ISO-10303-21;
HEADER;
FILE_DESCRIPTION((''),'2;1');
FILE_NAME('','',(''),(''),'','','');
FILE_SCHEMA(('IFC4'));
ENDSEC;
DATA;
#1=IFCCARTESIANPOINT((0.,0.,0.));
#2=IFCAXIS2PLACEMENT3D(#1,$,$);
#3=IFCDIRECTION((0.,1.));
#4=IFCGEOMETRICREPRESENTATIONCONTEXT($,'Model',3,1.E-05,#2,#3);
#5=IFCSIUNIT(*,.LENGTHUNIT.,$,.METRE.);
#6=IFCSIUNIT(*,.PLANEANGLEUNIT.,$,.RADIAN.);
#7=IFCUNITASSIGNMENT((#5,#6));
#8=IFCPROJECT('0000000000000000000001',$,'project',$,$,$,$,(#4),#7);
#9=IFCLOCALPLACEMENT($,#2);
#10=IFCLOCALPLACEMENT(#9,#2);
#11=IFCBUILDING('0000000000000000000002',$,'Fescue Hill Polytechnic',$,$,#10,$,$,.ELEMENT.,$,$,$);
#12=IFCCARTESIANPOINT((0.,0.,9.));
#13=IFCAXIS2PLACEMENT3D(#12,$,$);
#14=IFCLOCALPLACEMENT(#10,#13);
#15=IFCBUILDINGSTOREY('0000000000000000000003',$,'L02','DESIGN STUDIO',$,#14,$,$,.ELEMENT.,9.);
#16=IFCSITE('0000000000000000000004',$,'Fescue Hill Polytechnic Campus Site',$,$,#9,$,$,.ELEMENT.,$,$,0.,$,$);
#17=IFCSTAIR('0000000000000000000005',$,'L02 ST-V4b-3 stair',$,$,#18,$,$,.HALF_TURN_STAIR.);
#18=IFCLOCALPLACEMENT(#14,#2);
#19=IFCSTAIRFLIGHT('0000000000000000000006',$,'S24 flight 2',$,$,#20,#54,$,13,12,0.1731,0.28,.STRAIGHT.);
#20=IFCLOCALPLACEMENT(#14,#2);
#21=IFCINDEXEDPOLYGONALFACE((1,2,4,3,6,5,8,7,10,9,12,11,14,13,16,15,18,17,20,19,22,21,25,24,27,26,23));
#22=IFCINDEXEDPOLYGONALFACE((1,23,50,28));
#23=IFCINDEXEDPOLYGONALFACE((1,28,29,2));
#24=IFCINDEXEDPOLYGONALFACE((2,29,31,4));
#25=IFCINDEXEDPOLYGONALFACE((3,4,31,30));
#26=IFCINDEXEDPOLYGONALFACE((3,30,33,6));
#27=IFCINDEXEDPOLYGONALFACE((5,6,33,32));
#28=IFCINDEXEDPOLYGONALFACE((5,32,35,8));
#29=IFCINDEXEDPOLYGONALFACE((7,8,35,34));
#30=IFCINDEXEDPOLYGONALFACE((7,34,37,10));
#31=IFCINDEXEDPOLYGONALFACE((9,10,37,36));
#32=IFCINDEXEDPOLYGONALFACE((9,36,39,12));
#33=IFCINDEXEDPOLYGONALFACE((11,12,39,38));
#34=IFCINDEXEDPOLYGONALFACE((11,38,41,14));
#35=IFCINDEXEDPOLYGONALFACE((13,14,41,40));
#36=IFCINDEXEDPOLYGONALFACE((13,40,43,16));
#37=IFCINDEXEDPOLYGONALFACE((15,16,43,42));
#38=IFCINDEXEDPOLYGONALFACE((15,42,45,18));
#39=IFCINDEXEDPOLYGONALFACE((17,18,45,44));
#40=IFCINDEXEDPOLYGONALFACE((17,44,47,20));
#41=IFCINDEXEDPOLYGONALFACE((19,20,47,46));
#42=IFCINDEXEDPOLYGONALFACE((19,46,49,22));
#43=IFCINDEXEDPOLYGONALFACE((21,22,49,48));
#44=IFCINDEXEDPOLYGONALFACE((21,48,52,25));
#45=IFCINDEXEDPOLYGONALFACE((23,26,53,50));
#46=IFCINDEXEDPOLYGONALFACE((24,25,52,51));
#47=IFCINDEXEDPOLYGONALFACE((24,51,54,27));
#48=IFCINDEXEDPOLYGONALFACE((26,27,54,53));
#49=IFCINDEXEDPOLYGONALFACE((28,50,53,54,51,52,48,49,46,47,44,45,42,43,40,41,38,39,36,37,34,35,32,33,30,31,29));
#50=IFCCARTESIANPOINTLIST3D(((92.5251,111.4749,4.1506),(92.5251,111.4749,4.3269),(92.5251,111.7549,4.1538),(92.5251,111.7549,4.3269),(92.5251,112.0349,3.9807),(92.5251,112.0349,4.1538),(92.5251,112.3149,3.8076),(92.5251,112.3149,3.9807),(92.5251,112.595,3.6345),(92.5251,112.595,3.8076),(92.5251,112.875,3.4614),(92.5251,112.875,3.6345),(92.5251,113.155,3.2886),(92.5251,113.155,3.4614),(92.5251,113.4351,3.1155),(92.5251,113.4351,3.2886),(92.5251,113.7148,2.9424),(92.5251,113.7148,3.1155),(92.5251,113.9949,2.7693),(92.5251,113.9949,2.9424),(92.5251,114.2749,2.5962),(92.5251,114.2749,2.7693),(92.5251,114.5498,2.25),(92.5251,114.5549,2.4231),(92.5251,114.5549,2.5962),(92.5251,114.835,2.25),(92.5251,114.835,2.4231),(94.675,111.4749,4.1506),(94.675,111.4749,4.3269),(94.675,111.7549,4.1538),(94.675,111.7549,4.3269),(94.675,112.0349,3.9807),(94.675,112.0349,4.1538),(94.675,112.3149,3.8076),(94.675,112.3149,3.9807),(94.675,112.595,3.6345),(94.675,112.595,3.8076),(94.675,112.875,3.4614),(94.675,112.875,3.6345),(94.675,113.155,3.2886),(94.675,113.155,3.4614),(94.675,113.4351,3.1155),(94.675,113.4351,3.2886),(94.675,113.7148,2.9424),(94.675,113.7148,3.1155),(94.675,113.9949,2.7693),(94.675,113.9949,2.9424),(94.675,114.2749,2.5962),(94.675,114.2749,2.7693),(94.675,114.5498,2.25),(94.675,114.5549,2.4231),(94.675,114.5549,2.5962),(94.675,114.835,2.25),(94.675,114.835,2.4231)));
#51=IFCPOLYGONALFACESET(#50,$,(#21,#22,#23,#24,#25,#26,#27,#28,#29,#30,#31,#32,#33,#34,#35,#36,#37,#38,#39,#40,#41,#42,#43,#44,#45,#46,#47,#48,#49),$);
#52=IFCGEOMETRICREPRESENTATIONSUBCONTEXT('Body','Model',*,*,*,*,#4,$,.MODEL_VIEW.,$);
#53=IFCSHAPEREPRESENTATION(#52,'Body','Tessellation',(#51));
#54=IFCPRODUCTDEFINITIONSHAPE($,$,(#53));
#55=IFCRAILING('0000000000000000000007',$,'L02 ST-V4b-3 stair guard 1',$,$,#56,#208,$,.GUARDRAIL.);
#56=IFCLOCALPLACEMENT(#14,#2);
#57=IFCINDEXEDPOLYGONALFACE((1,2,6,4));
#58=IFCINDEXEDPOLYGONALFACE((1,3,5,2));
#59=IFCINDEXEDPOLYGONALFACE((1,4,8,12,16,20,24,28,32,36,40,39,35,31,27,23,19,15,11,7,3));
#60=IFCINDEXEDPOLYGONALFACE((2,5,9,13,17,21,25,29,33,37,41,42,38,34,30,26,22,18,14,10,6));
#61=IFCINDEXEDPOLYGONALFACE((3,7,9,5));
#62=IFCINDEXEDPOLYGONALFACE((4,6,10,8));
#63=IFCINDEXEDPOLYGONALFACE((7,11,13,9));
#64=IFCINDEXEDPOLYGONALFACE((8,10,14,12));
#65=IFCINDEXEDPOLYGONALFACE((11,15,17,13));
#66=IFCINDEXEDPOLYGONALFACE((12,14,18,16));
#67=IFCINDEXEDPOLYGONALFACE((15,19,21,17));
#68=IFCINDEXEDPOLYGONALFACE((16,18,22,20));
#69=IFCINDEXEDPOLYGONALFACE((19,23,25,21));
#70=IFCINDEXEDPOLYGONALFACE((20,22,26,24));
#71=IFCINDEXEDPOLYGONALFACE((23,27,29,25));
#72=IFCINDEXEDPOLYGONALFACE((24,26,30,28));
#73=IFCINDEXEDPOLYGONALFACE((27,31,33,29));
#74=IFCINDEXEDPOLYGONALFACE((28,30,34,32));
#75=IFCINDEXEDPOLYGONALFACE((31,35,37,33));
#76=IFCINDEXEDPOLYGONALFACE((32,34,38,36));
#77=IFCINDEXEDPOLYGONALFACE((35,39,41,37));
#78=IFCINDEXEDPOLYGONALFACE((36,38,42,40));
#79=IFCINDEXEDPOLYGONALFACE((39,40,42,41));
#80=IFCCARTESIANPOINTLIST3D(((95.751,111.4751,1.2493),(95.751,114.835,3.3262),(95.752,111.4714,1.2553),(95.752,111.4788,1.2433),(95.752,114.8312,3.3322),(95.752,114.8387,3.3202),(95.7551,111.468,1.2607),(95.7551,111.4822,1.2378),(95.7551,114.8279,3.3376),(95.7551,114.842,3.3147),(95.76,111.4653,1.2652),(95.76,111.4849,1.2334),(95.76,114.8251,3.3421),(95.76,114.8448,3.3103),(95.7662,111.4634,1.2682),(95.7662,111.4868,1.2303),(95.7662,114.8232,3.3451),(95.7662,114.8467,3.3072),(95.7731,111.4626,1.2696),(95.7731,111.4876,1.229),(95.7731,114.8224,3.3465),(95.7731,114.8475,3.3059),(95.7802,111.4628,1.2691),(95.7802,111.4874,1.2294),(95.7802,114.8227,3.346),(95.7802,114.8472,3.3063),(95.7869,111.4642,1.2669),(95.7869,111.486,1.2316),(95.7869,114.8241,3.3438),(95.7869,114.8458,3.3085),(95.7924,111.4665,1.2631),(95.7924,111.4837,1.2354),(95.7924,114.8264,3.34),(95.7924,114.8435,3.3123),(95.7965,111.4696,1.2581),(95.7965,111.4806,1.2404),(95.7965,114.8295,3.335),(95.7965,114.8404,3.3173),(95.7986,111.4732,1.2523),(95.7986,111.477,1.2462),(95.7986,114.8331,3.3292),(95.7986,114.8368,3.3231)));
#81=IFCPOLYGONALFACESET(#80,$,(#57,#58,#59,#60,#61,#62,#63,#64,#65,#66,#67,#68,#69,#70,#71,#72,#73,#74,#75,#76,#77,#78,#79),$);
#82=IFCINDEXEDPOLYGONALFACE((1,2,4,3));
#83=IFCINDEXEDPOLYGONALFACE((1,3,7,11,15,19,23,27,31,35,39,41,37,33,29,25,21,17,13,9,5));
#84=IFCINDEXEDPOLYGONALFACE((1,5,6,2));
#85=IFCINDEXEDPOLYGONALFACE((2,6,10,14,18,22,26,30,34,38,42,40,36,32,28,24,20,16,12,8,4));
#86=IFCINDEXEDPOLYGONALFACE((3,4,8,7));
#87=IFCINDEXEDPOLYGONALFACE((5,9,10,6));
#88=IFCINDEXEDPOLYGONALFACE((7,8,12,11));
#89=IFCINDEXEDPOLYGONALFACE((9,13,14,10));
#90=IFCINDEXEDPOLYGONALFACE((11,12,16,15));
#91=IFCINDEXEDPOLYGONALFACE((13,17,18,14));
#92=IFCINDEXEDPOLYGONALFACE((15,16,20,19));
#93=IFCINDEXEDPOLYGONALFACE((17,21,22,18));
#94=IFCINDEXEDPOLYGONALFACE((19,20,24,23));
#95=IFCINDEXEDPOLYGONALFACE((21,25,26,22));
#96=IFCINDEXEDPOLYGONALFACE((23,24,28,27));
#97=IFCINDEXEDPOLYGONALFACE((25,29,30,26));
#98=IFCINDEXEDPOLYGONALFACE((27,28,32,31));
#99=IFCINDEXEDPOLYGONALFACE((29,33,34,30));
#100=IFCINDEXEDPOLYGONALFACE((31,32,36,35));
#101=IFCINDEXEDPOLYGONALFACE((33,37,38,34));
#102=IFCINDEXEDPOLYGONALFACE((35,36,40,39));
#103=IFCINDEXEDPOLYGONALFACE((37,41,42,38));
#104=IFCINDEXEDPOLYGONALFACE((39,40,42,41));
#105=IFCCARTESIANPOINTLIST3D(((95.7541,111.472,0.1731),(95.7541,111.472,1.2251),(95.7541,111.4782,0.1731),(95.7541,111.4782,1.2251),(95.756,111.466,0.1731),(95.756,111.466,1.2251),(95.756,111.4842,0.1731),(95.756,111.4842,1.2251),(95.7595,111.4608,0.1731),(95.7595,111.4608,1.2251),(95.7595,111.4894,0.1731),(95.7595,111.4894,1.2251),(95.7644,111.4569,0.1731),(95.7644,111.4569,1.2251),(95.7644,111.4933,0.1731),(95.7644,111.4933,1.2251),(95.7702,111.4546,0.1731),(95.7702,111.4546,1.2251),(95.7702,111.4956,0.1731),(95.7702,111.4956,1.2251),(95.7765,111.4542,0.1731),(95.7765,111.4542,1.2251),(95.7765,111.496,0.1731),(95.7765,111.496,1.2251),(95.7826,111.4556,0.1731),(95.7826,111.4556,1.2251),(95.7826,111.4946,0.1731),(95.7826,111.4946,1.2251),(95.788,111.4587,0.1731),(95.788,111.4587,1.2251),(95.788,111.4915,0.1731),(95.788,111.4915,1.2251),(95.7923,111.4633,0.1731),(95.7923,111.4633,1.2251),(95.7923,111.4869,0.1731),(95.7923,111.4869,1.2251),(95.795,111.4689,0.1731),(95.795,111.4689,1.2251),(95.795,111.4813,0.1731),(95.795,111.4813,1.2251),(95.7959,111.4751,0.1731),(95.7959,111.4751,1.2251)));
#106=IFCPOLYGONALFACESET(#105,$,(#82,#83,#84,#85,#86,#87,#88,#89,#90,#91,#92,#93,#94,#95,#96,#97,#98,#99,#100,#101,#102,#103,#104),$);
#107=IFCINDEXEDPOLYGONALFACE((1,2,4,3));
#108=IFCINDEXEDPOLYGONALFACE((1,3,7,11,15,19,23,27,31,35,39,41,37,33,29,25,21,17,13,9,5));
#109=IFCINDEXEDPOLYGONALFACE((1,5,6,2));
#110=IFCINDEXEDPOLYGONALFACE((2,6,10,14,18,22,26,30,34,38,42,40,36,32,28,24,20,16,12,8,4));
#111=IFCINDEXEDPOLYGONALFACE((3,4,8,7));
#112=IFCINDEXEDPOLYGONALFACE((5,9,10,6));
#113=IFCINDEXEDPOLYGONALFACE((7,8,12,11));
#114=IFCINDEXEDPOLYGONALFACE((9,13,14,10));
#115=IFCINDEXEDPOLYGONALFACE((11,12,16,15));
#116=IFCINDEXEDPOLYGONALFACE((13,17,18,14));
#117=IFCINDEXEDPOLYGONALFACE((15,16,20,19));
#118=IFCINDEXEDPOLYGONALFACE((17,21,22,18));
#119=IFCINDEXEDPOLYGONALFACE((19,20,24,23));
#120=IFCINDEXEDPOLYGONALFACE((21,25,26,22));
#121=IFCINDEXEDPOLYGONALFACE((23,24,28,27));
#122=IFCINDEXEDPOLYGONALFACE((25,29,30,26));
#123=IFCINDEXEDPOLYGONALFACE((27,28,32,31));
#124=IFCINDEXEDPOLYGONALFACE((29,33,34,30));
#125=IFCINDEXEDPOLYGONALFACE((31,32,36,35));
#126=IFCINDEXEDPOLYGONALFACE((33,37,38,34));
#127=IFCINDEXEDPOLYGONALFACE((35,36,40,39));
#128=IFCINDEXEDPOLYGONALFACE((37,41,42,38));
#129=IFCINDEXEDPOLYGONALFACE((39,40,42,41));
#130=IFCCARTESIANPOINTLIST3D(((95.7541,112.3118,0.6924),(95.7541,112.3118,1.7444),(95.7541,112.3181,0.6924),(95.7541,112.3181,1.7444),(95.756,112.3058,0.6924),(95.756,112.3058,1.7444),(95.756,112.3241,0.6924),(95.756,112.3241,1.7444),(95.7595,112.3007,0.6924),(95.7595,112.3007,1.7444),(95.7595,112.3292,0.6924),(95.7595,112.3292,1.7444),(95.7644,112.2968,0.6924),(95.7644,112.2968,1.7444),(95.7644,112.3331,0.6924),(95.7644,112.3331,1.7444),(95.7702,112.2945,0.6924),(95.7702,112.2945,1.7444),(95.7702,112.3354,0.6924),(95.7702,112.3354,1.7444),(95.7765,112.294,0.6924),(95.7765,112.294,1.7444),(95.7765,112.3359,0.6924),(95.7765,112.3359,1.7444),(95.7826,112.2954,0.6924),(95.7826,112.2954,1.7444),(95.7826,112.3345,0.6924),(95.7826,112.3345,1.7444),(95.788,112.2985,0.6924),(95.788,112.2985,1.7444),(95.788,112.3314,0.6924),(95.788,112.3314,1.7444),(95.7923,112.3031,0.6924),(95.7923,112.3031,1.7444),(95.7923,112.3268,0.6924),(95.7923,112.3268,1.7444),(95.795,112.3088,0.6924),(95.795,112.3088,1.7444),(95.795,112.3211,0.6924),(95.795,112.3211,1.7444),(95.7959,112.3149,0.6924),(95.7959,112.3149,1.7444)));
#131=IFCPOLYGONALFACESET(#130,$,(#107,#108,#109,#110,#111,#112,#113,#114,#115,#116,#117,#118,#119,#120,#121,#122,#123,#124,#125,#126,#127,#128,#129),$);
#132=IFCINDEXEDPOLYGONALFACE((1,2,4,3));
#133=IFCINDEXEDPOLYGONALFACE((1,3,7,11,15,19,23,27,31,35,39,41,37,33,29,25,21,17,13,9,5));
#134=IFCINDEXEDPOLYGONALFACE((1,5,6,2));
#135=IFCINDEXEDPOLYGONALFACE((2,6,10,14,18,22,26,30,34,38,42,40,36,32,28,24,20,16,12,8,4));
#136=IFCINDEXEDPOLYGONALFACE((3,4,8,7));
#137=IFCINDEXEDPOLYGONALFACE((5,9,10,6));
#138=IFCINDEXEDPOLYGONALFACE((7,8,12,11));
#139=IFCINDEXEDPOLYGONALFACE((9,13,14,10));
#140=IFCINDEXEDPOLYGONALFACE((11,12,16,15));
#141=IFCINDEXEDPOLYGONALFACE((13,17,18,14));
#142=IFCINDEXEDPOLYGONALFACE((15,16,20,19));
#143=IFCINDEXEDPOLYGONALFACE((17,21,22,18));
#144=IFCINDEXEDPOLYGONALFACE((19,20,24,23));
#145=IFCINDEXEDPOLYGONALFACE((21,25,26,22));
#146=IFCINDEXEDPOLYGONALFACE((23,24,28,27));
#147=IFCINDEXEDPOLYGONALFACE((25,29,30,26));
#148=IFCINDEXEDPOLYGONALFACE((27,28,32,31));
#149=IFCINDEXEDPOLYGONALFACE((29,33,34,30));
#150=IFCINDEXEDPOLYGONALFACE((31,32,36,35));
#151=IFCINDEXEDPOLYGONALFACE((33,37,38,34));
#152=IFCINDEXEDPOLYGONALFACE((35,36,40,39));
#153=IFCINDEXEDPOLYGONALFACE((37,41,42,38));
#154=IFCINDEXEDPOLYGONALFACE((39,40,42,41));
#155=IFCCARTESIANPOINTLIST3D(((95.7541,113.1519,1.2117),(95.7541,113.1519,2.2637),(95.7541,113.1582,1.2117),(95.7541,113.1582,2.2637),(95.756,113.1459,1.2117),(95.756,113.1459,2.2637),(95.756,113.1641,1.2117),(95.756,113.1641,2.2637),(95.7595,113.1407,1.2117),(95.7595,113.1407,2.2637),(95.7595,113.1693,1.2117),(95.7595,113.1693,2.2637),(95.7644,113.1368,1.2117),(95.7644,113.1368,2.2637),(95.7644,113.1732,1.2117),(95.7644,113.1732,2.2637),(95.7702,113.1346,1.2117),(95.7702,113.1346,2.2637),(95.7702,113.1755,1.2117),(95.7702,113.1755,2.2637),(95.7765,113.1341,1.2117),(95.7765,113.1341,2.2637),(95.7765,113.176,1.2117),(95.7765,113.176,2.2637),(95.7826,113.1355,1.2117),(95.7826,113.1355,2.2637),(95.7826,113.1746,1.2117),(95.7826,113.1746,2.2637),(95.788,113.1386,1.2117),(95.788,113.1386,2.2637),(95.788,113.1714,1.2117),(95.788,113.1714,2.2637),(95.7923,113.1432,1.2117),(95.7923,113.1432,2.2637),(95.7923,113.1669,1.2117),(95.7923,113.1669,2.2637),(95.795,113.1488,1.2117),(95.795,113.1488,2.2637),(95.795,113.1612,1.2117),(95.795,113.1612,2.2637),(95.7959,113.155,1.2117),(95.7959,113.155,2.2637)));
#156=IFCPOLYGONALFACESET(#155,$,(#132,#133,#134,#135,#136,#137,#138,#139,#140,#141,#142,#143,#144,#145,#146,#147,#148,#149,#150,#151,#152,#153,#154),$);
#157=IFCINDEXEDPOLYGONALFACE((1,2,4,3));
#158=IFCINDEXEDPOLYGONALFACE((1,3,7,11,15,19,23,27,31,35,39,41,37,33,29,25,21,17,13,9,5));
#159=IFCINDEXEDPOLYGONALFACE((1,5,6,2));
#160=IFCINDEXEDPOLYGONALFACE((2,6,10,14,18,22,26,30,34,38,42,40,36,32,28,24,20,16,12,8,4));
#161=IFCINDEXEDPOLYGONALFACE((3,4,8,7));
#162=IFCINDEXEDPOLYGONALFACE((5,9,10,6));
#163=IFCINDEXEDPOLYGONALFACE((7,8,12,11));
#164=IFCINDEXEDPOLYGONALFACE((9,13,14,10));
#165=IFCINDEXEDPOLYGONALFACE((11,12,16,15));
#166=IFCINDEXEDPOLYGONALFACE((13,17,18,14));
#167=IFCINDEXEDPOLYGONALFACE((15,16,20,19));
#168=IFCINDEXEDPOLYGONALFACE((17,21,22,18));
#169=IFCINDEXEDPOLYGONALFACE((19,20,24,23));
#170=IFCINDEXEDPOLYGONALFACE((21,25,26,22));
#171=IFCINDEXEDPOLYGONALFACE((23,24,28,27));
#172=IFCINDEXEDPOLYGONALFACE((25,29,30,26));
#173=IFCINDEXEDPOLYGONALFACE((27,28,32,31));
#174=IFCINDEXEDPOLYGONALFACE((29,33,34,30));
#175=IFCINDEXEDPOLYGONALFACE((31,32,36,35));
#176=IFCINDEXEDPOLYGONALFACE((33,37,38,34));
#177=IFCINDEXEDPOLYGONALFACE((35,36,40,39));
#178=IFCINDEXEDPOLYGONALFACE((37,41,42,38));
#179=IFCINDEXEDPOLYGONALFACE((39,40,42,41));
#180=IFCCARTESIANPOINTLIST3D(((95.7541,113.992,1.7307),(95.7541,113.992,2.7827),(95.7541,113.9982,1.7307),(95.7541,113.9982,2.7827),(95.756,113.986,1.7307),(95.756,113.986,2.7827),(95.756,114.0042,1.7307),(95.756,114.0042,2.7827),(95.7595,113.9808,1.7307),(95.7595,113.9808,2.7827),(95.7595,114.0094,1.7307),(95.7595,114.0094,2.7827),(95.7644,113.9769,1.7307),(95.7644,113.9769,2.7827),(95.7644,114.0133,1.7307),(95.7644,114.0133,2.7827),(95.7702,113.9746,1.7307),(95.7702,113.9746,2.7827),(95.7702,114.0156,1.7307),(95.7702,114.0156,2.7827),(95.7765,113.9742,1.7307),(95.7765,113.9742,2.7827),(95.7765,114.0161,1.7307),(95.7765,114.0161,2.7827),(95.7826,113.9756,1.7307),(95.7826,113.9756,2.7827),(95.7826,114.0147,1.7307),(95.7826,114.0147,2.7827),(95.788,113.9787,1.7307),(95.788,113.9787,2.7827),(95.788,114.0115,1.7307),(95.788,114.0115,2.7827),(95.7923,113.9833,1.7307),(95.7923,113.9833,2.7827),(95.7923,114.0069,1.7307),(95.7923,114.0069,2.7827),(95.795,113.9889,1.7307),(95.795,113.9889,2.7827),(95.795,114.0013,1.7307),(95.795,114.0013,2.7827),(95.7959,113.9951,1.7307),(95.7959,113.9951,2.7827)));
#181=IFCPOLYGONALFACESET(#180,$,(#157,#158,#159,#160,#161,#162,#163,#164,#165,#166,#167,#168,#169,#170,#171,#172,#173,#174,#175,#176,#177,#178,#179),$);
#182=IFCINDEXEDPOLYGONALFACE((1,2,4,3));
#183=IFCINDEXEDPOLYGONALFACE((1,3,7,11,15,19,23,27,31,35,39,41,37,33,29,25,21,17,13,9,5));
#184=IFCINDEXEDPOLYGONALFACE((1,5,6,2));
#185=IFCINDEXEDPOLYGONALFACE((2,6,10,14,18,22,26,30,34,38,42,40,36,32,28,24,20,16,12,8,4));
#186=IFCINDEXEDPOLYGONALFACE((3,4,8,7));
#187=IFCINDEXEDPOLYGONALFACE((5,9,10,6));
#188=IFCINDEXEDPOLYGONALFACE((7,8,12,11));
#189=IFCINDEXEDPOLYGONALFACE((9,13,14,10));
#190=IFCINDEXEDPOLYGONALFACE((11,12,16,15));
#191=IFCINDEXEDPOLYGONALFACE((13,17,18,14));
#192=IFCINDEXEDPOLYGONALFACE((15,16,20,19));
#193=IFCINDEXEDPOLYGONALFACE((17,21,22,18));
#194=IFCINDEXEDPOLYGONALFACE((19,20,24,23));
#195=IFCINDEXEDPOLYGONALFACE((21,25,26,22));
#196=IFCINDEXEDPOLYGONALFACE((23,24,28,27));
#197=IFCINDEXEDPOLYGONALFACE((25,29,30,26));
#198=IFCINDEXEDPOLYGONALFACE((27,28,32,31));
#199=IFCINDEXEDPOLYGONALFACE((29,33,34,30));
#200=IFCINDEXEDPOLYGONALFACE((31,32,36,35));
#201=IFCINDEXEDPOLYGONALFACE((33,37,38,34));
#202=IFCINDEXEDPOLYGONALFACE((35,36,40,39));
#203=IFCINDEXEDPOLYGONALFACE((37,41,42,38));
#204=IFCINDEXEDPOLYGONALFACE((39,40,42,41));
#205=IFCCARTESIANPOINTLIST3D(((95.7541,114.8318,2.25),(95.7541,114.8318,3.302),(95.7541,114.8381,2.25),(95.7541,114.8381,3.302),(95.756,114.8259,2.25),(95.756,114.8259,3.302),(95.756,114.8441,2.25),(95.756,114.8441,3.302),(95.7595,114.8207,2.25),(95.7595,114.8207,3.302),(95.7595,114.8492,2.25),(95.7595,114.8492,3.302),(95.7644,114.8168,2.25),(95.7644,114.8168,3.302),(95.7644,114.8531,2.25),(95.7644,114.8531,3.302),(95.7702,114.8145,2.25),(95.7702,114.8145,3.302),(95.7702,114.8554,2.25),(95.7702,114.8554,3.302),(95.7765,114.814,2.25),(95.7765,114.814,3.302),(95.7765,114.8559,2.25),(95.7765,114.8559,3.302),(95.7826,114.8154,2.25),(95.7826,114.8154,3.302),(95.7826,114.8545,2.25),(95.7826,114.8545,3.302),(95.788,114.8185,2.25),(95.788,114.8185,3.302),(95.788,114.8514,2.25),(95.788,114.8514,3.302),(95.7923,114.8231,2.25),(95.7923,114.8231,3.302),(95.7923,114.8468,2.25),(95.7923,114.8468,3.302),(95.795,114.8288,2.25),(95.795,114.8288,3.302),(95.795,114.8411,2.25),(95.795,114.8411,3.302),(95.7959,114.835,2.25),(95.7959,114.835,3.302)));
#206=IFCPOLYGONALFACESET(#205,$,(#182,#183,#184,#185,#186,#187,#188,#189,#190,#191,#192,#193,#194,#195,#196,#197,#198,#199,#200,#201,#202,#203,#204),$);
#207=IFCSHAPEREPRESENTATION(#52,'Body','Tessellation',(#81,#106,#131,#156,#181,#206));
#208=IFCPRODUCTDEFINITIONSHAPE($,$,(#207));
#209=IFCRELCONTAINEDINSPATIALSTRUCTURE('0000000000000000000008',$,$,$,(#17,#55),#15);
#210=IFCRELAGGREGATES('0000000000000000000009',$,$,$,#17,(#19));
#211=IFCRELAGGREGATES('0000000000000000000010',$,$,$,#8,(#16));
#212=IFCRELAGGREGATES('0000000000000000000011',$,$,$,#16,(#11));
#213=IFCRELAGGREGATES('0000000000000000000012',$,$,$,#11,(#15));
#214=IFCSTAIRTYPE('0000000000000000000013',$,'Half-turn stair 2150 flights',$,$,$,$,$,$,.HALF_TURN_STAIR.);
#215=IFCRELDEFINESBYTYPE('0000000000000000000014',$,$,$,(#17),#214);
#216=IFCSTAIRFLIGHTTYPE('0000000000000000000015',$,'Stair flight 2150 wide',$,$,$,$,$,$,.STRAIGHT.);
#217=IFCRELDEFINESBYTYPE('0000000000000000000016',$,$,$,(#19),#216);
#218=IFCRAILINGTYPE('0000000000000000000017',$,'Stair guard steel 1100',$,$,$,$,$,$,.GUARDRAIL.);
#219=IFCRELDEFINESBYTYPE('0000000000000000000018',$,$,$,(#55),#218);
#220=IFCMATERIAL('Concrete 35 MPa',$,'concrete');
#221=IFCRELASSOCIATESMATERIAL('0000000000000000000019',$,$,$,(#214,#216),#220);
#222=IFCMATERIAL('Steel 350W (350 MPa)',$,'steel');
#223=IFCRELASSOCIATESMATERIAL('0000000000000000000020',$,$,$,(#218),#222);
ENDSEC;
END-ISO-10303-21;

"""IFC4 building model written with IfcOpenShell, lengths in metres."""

from ifc_helpers import new_model, si_unit, direction, frame, origin, origin_2d, place, context, subcontext, project, spatial, polyline, circle, outline, extrude, material, type_object, element, aggregate, save


model = new_model("IFC4")

# Units and contexts
model_context = context("Model", 3, precision=1e-05, world=origin(), true_north=direction((0.0, 1.0)))
body_context = subcontext(model_context, "Body", "Model", "MODEL_VIEW")
ifc_project = project(units=[si_unit("LENGTHUNIT", "METRE"), si_unit("PLANEANGLEUNIT", "RADIAN")], contexts=[model_context])

# Site, building, storey
site_placement = place(None, origin())
site = spatial("IfcSite", under=ifc_project, at=site_placement, Name="Fescue Hill Polytechnic Campus Site", CompositionType="ELEMENT", RefElevation=0.0)
building_placement = place(site_placement, origin())
building = spatial("IfcBuilding", under=site, at=building_placement, Name="Fescue Hill Polytechnic", CompositionType="ELEMENT")
storey_placement = place(building_placement, frame((0.0, 0.0, 9.0)))
storey = spatial("IfcBuildingStorey", under=building, at=storey_placement, Name="L02", Description="DESIGN STUDIO", CompositionType="ELEMENT", Elevation=9.0)

# Stair, stair flight
ifc_material_1 = material(Name="Concrete 35 MPa", Category="concrete")
stair_type = type_object("IfcStairType", Name="Half-turn stair 2150 flights", PredefinedType="HALF_TURN_STAIR", material=ifc_material_1)
stair_placement = place(storey_placement, origin())
stair = element("IfcStair", 1, at=stair_placement, inside=storey, type_object=stair_type, Name="L02 ST-V4b-3 stair", PredefinedType="HALF_TURN_STAIR")
stair_flight_type = type_object("IfcStairFlightType", Name="Stair flight 2150 wide", PredefinedType="STRAIGHT", material=ifc_material_1)
stair_flight_1_placement = place(storey_placement, frame((93.6001, 114.835, 2.25), z_axis=(0.0, 0.0, 1.0), x_axis=(0.0, -1.0, 0.0)))
stair_flight_1 = element("IfcStairFlight", 2, at=stair_flight_1_placement, type_object=stair_flight_type, Name="S24 flight 2", NumberOfRisers=13, NumberOfTreads=12, PredefinedType="STRAIGHT", RiserHeight=0.1731, TreadLength=0.28, context=body_context, shape_type="SweptSolid", body=[
    extrude(outline(polyline([(0.0, 0.0), (0.0, 0.1731), (0.28, 0.1731), (0.28, 0.3462), (0.5601, 0.3462), (0.5601, 0.5193), (0.8401, 0.5193), (0.8401, 0.6924), (1.1201, 0.6924), (1.1201, 0.8655), (1.3999, 0.8655), (1.3999, 1.0386), (1.6799, 1.0386), (1.6799, 1.2114), (1.96, 1.2114), (1.96, 1.3845), (2.24, 1.3845), (2.24, 1.5576), (2.52, 1.5576), (2.52, 1.7307), (2.8, 1.7307), (2.8, 1.9038), (3.0801, 1.9038), (3.0801, 2.0769), (3.3601, 2.0769), (3.3601, 2.25), (3.3601, 1.9006), (0.2852, 0.0), (0.0, 0.0)])), frame((0.0, 1.075, 0.0), z_axis=(0.0, -1.0, 0.0), x_axis=(1.0, 0.0, 0.0)), (0.0, 0.0, 1.0), 2.1499),
])
aggregate(stair, [stair_flight_1])

# Railing
ifc_material_2 = material(Name="Steel 350W (350 MPa)", Category="steel")
railing_type_1 = type_object("IfcRailingType", Name="Stair guard steel 1100", PredefinedType="GUARDRAIL", material=ifc_material_2)
railing_1_placement = place(storey_placement, frame((95.7749, 111.4751, 0.1731)))
element("IfcRailing", 3, at=railing_1_placement, inside=storey, type_object=railing_type_1, Name="L02 ST-V4b-3 stair guard 1", PredefinedType="GUARDRAIL", context=body_context, shape_type="SweptSolid", body=[
    extrude(circle(Radius=0.0239, at=origin_2d()), frame((0.0, 0.0, 1.0762), z_axis=(0.0, 0.850606, 0.525803), x_axis=(-1.0, 0.0, 0.0)), (0.0, 0.0, 1.0), 3.95),
    extrude(circle(Radius=0.021, at=origin_2d()), origin(), (0.0, 0.0, 1.0), 1.052),
    extrude(circle(Radius=0.021, at=origin_2d()), frame((0.0, 0.8398, 0.5193)), (0.0, 0.0, 1.0), 1.052),
    extrude(circle(Radius=0.021, at=origin_2d()), frame((0.0, 1.6799, 1.0386)), (0.0, 0.0, 1.0), 1.052),
    extrude(circle(Radius=0.021, at=origin_2d()), frame((0.0, 2.52, 1.5576)), (0.0, 0.0, 1.0), 1.052),
    extrude(circle(Radius=0.021, at=origin_2d()), frame((0.0, 3.3599, 2.0769)), (0.0, 0.0, 1.0), 1.052),
])

save(model, "model.ifc")
